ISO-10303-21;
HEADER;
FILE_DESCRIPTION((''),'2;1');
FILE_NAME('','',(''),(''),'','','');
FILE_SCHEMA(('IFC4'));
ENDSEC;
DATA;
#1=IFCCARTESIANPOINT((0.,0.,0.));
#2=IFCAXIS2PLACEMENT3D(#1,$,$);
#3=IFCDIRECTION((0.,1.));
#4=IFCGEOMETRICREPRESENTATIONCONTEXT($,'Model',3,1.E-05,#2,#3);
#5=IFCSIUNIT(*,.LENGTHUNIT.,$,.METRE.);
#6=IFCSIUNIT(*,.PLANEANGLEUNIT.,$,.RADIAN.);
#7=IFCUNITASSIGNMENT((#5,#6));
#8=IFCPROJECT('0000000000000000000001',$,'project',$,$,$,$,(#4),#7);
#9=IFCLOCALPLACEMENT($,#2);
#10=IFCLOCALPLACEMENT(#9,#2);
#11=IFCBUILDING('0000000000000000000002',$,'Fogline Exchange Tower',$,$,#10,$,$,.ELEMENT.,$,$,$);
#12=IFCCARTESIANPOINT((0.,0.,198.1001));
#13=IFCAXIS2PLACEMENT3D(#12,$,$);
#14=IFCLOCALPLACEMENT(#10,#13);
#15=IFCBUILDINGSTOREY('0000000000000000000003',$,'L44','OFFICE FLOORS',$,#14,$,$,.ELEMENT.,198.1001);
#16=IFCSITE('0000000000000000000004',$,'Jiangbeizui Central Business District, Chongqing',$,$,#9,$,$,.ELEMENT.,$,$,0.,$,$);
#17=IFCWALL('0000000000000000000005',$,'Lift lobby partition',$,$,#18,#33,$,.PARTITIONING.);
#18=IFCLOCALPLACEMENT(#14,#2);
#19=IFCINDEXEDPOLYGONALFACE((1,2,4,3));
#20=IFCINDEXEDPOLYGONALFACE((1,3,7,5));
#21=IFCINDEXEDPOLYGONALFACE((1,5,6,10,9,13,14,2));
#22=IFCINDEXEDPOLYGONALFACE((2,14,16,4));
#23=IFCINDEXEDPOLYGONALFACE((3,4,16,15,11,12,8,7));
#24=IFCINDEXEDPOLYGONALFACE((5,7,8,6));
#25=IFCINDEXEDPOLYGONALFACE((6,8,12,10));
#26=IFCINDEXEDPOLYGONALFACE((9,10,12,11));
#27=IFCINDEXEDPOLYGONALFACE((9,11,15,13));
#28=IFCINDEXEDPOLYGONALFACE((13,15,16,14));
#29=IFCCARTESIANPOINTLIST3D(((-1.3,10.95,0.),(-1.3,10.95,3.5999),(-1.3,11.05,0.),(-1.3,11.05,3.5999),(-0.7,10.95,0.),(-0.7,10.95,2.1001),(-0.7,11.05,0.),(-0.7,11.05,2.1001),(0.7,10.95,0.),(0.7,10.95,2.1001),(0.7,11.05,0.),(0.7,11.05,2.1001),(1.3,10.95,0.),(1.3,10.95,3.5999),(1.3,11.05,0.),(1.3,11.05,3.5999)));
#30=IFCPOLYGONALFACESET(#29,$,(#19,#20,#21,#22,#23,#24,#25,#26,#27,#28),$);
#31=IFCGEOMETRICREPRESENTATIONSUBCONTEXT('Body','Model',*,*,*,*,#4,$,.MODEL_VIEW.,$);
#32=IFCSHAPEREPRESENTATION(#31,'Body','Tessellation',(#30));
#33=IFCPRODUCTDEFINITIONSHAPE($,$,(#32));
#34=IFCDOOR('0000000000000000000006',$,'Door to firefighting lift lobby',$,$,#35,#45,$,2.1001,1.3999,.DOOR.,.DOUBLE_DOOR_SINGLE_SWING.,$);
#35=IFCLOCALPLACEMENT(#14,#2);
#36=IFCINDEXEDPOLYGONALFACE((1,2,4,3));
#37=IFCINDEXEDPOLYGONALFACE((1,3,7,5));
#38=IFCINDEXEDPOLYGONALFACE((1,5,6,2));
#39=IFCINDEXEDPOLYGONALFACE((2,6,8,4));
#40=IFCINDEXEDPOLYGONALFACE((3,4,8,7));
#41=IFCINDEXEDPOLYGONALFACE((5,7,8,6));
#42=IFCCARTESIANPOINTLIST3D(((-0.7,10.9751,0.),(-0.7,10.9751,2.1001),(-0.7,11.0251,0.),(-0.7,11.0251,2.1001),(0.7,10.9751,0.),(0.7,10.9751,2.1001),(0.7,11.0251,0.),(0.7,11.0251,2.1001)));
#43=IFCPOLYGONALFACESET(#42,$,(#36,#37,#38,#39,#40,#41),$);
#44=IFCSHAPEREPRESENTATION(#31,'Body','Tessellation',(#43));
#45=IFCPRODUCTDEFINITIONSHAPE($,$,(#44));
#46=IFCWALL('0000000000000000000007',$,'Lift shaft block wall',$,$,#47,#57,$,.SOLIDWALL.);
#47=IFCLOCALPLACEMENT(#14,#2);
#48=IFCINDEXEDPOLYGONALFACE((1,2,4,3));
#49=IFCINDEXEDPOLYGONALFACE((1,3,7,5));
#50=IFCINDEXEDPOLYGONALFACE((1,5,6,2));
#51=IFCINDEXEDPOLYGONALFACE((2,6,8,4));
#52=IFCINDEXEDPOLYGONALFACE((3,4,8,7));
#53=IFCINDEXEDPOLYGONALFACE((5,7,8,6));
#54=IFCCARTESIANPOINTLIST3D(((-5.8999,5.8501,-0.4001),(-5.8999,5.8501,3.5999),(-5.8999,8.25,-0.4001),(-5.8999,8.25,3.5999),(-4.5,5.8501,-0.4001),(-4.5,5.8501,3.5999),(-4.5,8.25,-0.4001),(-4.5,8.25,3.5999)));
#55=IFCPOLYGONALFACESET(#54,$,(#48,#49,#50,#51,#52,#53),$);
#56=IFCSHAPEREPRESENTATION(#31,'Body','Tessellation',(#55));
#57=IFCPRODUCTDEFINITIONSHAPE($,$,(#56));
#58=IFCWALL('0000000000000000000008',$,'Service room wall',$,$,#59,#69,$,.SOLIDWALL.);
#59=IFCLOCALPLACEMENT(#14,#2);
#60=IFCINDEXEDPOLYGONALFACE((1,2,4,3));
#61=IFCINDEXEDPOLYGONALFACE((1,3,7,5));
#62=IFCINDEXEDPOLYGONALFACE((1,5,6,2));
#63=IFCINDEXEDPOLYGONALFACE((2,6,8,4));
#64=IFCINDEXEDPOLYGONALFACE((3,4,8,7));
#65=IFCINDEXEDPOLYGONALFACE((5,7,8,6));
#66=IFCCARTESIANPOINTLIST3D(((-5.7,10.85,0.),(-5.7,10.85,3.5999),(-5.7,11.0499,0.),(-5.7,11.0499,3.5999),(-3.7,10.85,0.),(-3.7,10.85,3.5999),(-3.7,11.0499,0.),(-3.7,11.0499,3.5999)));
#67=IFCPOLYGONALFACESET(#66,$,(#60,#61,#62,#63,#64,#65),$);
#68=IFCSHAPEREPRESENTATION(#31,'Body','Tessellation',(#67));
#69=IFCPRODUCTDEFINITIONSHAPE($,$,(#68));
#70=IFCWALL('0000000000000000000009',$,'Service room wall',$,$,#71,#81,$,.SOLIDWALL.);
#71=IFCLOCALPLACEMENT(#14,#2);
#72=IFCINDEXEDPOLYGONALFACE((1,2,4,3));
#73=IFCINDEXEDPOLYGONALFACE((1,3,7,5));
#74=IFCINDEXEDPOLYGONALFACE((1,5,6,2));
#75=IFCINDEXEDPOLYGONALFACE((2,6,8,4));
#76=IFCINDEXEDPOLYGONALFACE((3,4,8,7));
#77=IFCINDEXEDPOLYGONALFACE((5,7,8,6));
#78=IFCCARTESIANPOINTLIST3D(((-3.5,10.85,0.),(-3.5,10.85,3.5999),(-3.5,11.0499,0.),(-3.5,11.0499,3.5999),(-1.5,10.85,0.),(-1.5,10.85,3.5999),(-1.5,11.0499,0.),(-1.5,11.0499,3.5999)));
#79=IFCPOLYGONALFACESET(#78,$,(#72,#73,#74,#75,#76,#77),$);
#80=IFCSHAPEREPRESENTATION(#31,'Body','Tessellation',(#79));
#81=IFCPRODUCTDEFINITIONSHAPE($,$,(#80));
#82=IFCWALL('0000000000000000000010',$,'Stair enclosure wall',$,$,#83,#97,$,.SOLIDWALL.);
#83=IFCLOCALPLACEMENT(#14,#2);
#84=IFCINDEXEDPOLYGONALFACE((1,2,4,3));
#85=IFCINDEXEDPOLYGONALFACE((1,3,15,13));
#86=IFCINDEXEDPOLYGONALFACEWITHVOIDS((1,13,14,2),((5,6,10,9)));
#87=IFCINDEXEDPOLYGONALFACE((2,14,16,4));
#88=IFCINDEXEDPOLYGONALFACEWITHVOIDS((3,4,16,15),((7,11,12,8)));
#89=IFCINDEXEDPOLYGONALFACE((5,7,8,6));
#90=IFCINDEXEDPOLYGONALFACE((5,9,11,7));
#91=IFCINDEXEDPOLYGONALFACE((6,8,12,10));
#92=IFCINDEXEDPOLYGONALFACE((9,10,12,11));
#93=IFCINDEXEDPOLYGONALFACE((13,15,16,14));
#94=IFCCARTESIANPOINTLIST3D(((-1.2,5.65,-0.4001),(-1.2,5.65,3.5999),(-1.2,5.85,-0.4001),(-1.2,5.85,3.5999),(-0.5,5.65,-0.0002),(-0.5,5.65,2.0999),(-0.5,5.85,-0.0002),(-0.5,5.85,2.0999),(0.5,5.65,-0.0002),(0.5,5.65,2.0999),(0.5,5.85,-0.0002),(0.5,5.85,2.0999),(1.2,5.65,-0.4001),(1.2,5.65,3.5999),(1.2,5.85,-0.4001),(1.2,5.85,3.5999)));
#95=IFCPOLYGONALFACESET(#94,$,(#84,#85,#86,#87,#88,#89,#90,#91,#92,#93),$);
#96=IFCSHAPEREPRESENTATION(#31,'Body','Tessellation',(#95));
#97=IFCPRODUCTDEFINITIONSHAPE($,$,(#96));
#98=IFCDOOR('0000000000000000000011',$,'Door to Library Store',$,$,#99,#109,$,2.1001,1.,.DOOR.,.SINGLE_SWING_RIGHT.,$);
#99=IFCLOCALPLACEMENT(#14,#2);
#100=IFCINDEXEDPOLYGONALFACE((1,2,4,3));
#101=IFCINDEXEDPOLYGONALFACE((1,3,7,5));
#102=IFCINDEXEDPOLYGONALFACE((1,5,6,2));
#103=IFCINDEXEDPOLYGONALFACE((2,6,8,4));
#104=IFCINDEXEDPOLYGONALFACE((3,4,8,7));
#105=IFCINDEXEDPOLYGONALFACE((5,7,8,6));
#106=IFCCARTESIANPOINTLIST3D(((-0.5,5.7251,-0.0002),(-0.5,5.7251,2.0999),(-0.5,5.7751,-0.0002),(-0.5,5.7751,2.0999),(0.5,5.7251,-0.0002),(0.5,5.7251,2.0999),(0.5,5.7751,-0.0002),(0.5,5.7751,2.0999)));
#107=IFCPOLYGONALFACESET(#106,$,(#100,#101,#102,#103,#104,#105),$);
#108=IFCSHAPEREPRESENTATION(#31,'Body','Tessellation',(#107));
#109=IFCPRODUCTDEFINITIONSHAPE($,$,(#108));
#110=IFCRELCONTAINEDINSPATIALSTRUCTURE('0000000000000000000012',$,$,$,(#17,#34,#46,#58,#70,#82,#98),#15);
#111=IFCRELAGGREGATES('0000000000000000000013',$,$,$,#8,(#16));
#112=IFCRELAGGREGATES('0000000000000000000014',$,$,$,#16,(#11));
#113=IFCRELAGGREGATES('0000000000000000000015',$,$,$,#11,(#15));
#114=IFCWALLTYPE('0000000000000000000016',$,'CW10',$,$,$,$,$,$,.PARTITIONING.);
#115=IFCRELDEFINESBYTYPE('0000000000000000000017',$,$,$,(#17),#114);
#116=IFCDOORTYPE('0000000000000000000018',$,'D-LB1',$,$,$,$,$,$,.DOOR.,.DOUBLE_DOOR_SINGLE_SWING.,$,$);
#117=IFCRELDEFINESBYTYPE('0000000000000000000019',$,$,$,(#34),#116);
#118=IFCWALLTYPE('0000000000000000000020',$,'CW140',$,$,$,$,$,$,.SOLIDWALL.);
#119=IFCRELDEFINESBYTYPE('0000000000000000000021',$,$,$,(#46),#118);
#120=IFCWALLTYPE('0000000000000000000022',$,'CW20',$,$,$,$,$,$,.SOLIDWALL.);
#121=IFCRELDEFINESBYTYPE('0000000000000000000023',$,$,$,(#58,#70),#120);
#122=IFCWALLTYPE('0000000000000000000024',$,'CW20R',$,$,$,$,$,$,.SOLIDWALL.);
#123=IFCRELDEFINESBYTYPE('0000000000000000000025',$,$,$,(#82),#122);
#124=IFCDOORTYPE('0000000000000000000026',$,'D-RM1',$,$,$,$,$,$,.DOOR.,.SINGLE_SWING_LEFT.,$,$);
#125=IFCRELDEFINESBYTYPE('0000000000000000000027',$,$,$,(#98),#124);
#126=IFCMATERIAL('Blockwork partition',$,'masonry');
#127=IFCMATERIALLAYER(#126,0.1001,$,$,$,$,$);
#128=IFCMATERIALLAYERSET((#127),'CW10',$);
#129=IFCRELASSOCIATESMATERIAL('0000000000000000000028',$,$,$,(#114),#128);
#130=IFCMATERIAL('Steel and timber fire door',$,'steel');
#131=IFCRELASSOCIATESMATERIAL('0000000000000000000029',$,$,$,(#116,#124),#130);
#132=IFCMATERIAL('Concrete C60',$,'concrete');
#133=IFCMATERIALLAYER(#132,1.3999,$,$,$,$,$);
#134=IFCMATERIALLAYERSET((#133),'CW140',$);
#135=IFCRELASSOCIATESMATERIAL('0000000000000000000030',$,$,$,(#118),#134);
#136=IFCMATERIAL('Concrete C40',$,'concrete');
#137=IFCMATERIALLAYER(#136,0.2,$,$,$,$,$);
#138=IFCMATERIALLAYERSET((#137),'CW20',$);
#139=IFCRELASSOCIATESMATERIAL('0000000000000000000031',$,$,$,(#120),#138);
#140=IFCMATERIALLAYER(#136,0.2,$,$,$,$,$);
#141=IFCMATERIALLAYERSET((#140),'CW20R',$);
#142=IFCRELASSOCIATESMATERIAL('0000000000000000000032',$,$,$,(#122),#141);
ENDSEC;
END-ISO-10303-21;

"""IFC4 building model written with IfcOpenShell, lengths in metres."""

from ifc_helpers import new_model, si_unit, direction, frame, frame_2d, origin, place, context, subcontext, project, spatial, rectangle, extrude, material, layer, layer_set, type_object, element, fill, save


model = new_model("IFC4")

# Units and contexts
model_context = context("Model", 3, precision=1e-05, world=origin(), true_north=direction((0.0, 1.0)))
body_context = subcontext(model_context, "Body", "Model", "MODEL_VIEW")
ifc_project = project(units=[si_unit("LENGTHUNIT", "METRE"), si_unit("PLANEANGLEUNIT", "RADIAN")], contexts=[model_context])

# Site, building, storey
site_placement = place(None, origin())
site = spatial("IfcSite", under=ifc_project, at=site_placement, Name="Jiangbeizui Central Business District, Chongqing", CompositionType="ELEMENT", RefElevation=0.0)
building_placement = place(site_placement, origin())
building = spatial("IfcBuilding", under=site, at=building_placement, Name="Fogline Exchange Tower", CompositionType="ELEMENT")
storey_placement = place(building_placement, frame((0.0, 0.0, 198.1001)))
storey = spatial("IfcBuildingStorey", under=building, at=storey_placement, Name="L44", Description="OFFICE FLOORS", CompositionType="ELEMENT", Elevation=198.1001)

# Wall, opening, door
ifc_material_1 = material(Name="Blockwork partition", Category="masonry")
ifc_layer_1 = layer(ifc_material_1, 0.1001)
ifc_layer_set_1 = layer_set([ifc_layer_1], Name="CW10")
wall_type_1 = type_object("IfcWallType", Name="CW10", PredefinedType="PARTITIONING", material=ifc_layer_set_1)
wall_1_placement = place(storey_placement, frame((-1.3, 11.0, 0.0), z_axis=(0.0, 0.0, 1.0), x_axis=(1.0, 0.0, 0.0)))
wall_1 = element("IfcWall", 1, at=wall_1_placement, inside=storey, type_object=wall_type_1, Name="Lift lobby partition", PredefinedType="PARTITIONING", context=body_context, shape_type="SweptSolid", body=[
    extrude(rectangle(XDim=2.6001, YDim=0.1001, at=frame_2d((1.3, 0.0))), origin(), (0.0, 0.0, 1.0), 3.5999),
])
opening_1_placement = place(wall_1_placement, frame((0.6001, 0.0, 0.0)))
opening_1 = element("IfcOpeningElement", 2, at=opening_1_placement, cuts=wall_1, PredefinedType="OPENING", context=body_context, shape_type="SweptSolid", body=[
    extrude(rectangle(XDim=1.3999, YDim=2.1001, at=frame_2d((0.7, 1.05))), frame((0.0, 0.0601, 0.0), z_axis=(0.0, -1.0, 0.0), x_axis=(1.0, 0.0, 0.0)), (0.0, 0.0, 1.0), 0.1201),
])
ifc_material_2 = material(Name="Steel and timber fire door", Category="steel")
door_type_1 = type_object("IfcDoorType", Name="D-LB1", OperationType="DOUBLE_DOOR_SINGLE_SWING", PredefinedType="DOOR", material=ifc_material_2)
door_1_placement = place(opening_1_placement, frame((1.3999, 0.0, 0.0), z_axis=(0.0, 0.0, 1.0), x_axis=(-1.0, 0.0, 0.0)))
door_1 = element("IfcDoor", 3, at=door_1_placement, inside=storey, type_object=door_type_1, Name="Door to firefighting lift lobby", OperationType="DOUBLE_DOOR_SINGLE_SWING", OverallHeight=2.1001, OverallWidth=1.3999, PredefinedType="DOOR", context=body_context, shape_type="SweptSolid", body=[
    extrude(rectangle(XDim=1.3999, YDim=2.1001, at=frame_2d((0.7, 1.05))), frame((0.0, 0.0249, 0.0), z_axis=(0.0, -1.0, 0.0), x_axis=(1.0, 0.0, 0.0)), (0.0, 0.0, 1.0), 0.05),
])
fill(opening_1, door_1)

# Walls
ifc_material_3 = material(Name="Concrete C60", Category="concrete")
ifc_layer_2 = layer(ifc_material_3, 1.3999)
ifc_layer_set_2 = layer_set([ifc_layer_2], Name="CW140")
wall_type_2 = type_object("IfcWallType", Name="CW140", PredefinedType="SOLIDWALL", material=ifc_layer_set_2)
wall_2_placement = place(storey_placement, frame((-5.2, 5.8501, -0.4001), z_axis=(0.0, 0.0, 1.0), x_axis=(0.0, 1.0, 0.0)))
element("IfcWall", 4, at=wall_2_placement, inside=storey, type_object=wall_type_2, Name="Lift shaft block wall", PredefinedType="SOLIDWALL", context=body_context, shape_type="SweptSolid", body=[
    extrude(rectangle(XDim=2.3999, YDim=1.3999, at=frame_2d((1.2, 0.0))), origin(), (0.0, 0.0, 1.0), 4.0),
])
ifc_material_4 = material(Name="Concrete C40", Category="concrete")
ifc_layer_3 = layer(ifc_material_4, 0.2)
ifc_layer_set_3 = layer_set([ifc_layer_3], Name="CW20")
wall_type_3 = type_object("IfcWallType", Name="CW20", PredefinedType="SOLIDWALL", material=ifc_layer_set_3)
for number, where, z_axis, x_axis, name in (
    (5, (-5.7, 10.95, 0.0), (0.0, 0.0, 1.0), (1.0, 0.0, 0.0), "Service room wall"),
    (6, (-3.5, 10.95, 0.0), (0.0, 0.0, 1.0), (1.0, 0.0, 0.0), "Service room wall"),
):
    element("IfcWall", number, at=place(storey_placement, frame(where, z_axis=z_axis, x_axis=x_axis)), inside=storey, type_object=wall_type_3, Name=name, PredefinedType="SOLIDWALL", context=body_context, shape_type="SweptSolid", body=[
        extrude(rectangle(XDim=2.0, YDim=0.2, at=frame_2d((1.0, 0.0))), origin(), (0.0, 0.0, 1.0), 3.5999),
    ])

# Wall, opening, door
ifc_layer_4 = layer(ifc_material_4, 0.2)
ifc_layer_set_4 = layer_set([ifc_layer_4], Name="CW20R")
wall_type_4 = type_object("IfcWallType", Name="CW20R", PredefinedType="SOLIDWALL", material=ifc_layer_set_4)
wall_3_placement = place(storey_placement, frame((-1.2, 5.75, -0.4001), z_axis=(0.0, 0.0, 1.0), x_axis=(1.0, 0.0, 0.0)))
wall_3 = element("IfcWall", 7, at=wall_3_placement, inside=storey, type_object=wall_type_4, Name="Stair enclosure wall", PredefinedType="SOLIDWALL", context=body_context, shape_type="SweptSolid", body=[
    extrude(rectangle(XDim=2.3999, YDim=0.2, at=frame_2d((1.2, 0.0))), origin(), (0.0, 0.0, 1.0), 4.0),
])
opening_2_placement = place(wall_3_placement, frame((0.7, 0.0, 0.3999)))
opening_2 = element("IfcOpeningElement", 8, at=opening_2_placement, cuts=wall_3, PredefinedType="OPENING", context=body_context, shape_type="SweptSolid", body=[
    extrude(rectangle(XDim=1.0, YDim=2.1001, at=frame_2d((0.5, 1.05))), frame((0.0, 0.1099, 0.0), z_axis=(0.0, -1.0, 0.0), x_axis=(1.0, 0.0, 0.0)), (0.0, 0.0, 1.0), 0.22),
])
door_type_2 = type_object("IfcDoorType", Name="D-RM1", OperationType="SINGLE_SWING_LEFT", PredefinedType="DOOR", material=ifc_material_2)
door_2_placement = place(opening_2_placement, frame((1.0, 0.0, 0.0), z_axis=(0.0, 0.0, 1.0), x_axis=(-1.0, 0.0, 0.0)))
door_2 = element("IfcDoor", 9, at=door_2_placement, inside=storey, type_object=door_type_2, Name="Door to Library Store", OperationType="SINGLE_SWING_RIGHT", OverallHeight=2.1001, OverallWidth=1.0, PredefinedType="DOOR", context=body_context, shape_type="SweptSolid", body=[
    extrude(rectangle(XDim=1.0, YDim=2.1001, at=frame_2d((0.5, 1.05))), frame((0.0, 0.0249, 0.0), z_axis=(0.0, -1.0, 0.0), x_axis=(1.0, 0.0, 0.0)), (0.0, 0.0, 1.0), 0.05),
])
fill(opening_2, door_2)

save(model, "model.ifc")
